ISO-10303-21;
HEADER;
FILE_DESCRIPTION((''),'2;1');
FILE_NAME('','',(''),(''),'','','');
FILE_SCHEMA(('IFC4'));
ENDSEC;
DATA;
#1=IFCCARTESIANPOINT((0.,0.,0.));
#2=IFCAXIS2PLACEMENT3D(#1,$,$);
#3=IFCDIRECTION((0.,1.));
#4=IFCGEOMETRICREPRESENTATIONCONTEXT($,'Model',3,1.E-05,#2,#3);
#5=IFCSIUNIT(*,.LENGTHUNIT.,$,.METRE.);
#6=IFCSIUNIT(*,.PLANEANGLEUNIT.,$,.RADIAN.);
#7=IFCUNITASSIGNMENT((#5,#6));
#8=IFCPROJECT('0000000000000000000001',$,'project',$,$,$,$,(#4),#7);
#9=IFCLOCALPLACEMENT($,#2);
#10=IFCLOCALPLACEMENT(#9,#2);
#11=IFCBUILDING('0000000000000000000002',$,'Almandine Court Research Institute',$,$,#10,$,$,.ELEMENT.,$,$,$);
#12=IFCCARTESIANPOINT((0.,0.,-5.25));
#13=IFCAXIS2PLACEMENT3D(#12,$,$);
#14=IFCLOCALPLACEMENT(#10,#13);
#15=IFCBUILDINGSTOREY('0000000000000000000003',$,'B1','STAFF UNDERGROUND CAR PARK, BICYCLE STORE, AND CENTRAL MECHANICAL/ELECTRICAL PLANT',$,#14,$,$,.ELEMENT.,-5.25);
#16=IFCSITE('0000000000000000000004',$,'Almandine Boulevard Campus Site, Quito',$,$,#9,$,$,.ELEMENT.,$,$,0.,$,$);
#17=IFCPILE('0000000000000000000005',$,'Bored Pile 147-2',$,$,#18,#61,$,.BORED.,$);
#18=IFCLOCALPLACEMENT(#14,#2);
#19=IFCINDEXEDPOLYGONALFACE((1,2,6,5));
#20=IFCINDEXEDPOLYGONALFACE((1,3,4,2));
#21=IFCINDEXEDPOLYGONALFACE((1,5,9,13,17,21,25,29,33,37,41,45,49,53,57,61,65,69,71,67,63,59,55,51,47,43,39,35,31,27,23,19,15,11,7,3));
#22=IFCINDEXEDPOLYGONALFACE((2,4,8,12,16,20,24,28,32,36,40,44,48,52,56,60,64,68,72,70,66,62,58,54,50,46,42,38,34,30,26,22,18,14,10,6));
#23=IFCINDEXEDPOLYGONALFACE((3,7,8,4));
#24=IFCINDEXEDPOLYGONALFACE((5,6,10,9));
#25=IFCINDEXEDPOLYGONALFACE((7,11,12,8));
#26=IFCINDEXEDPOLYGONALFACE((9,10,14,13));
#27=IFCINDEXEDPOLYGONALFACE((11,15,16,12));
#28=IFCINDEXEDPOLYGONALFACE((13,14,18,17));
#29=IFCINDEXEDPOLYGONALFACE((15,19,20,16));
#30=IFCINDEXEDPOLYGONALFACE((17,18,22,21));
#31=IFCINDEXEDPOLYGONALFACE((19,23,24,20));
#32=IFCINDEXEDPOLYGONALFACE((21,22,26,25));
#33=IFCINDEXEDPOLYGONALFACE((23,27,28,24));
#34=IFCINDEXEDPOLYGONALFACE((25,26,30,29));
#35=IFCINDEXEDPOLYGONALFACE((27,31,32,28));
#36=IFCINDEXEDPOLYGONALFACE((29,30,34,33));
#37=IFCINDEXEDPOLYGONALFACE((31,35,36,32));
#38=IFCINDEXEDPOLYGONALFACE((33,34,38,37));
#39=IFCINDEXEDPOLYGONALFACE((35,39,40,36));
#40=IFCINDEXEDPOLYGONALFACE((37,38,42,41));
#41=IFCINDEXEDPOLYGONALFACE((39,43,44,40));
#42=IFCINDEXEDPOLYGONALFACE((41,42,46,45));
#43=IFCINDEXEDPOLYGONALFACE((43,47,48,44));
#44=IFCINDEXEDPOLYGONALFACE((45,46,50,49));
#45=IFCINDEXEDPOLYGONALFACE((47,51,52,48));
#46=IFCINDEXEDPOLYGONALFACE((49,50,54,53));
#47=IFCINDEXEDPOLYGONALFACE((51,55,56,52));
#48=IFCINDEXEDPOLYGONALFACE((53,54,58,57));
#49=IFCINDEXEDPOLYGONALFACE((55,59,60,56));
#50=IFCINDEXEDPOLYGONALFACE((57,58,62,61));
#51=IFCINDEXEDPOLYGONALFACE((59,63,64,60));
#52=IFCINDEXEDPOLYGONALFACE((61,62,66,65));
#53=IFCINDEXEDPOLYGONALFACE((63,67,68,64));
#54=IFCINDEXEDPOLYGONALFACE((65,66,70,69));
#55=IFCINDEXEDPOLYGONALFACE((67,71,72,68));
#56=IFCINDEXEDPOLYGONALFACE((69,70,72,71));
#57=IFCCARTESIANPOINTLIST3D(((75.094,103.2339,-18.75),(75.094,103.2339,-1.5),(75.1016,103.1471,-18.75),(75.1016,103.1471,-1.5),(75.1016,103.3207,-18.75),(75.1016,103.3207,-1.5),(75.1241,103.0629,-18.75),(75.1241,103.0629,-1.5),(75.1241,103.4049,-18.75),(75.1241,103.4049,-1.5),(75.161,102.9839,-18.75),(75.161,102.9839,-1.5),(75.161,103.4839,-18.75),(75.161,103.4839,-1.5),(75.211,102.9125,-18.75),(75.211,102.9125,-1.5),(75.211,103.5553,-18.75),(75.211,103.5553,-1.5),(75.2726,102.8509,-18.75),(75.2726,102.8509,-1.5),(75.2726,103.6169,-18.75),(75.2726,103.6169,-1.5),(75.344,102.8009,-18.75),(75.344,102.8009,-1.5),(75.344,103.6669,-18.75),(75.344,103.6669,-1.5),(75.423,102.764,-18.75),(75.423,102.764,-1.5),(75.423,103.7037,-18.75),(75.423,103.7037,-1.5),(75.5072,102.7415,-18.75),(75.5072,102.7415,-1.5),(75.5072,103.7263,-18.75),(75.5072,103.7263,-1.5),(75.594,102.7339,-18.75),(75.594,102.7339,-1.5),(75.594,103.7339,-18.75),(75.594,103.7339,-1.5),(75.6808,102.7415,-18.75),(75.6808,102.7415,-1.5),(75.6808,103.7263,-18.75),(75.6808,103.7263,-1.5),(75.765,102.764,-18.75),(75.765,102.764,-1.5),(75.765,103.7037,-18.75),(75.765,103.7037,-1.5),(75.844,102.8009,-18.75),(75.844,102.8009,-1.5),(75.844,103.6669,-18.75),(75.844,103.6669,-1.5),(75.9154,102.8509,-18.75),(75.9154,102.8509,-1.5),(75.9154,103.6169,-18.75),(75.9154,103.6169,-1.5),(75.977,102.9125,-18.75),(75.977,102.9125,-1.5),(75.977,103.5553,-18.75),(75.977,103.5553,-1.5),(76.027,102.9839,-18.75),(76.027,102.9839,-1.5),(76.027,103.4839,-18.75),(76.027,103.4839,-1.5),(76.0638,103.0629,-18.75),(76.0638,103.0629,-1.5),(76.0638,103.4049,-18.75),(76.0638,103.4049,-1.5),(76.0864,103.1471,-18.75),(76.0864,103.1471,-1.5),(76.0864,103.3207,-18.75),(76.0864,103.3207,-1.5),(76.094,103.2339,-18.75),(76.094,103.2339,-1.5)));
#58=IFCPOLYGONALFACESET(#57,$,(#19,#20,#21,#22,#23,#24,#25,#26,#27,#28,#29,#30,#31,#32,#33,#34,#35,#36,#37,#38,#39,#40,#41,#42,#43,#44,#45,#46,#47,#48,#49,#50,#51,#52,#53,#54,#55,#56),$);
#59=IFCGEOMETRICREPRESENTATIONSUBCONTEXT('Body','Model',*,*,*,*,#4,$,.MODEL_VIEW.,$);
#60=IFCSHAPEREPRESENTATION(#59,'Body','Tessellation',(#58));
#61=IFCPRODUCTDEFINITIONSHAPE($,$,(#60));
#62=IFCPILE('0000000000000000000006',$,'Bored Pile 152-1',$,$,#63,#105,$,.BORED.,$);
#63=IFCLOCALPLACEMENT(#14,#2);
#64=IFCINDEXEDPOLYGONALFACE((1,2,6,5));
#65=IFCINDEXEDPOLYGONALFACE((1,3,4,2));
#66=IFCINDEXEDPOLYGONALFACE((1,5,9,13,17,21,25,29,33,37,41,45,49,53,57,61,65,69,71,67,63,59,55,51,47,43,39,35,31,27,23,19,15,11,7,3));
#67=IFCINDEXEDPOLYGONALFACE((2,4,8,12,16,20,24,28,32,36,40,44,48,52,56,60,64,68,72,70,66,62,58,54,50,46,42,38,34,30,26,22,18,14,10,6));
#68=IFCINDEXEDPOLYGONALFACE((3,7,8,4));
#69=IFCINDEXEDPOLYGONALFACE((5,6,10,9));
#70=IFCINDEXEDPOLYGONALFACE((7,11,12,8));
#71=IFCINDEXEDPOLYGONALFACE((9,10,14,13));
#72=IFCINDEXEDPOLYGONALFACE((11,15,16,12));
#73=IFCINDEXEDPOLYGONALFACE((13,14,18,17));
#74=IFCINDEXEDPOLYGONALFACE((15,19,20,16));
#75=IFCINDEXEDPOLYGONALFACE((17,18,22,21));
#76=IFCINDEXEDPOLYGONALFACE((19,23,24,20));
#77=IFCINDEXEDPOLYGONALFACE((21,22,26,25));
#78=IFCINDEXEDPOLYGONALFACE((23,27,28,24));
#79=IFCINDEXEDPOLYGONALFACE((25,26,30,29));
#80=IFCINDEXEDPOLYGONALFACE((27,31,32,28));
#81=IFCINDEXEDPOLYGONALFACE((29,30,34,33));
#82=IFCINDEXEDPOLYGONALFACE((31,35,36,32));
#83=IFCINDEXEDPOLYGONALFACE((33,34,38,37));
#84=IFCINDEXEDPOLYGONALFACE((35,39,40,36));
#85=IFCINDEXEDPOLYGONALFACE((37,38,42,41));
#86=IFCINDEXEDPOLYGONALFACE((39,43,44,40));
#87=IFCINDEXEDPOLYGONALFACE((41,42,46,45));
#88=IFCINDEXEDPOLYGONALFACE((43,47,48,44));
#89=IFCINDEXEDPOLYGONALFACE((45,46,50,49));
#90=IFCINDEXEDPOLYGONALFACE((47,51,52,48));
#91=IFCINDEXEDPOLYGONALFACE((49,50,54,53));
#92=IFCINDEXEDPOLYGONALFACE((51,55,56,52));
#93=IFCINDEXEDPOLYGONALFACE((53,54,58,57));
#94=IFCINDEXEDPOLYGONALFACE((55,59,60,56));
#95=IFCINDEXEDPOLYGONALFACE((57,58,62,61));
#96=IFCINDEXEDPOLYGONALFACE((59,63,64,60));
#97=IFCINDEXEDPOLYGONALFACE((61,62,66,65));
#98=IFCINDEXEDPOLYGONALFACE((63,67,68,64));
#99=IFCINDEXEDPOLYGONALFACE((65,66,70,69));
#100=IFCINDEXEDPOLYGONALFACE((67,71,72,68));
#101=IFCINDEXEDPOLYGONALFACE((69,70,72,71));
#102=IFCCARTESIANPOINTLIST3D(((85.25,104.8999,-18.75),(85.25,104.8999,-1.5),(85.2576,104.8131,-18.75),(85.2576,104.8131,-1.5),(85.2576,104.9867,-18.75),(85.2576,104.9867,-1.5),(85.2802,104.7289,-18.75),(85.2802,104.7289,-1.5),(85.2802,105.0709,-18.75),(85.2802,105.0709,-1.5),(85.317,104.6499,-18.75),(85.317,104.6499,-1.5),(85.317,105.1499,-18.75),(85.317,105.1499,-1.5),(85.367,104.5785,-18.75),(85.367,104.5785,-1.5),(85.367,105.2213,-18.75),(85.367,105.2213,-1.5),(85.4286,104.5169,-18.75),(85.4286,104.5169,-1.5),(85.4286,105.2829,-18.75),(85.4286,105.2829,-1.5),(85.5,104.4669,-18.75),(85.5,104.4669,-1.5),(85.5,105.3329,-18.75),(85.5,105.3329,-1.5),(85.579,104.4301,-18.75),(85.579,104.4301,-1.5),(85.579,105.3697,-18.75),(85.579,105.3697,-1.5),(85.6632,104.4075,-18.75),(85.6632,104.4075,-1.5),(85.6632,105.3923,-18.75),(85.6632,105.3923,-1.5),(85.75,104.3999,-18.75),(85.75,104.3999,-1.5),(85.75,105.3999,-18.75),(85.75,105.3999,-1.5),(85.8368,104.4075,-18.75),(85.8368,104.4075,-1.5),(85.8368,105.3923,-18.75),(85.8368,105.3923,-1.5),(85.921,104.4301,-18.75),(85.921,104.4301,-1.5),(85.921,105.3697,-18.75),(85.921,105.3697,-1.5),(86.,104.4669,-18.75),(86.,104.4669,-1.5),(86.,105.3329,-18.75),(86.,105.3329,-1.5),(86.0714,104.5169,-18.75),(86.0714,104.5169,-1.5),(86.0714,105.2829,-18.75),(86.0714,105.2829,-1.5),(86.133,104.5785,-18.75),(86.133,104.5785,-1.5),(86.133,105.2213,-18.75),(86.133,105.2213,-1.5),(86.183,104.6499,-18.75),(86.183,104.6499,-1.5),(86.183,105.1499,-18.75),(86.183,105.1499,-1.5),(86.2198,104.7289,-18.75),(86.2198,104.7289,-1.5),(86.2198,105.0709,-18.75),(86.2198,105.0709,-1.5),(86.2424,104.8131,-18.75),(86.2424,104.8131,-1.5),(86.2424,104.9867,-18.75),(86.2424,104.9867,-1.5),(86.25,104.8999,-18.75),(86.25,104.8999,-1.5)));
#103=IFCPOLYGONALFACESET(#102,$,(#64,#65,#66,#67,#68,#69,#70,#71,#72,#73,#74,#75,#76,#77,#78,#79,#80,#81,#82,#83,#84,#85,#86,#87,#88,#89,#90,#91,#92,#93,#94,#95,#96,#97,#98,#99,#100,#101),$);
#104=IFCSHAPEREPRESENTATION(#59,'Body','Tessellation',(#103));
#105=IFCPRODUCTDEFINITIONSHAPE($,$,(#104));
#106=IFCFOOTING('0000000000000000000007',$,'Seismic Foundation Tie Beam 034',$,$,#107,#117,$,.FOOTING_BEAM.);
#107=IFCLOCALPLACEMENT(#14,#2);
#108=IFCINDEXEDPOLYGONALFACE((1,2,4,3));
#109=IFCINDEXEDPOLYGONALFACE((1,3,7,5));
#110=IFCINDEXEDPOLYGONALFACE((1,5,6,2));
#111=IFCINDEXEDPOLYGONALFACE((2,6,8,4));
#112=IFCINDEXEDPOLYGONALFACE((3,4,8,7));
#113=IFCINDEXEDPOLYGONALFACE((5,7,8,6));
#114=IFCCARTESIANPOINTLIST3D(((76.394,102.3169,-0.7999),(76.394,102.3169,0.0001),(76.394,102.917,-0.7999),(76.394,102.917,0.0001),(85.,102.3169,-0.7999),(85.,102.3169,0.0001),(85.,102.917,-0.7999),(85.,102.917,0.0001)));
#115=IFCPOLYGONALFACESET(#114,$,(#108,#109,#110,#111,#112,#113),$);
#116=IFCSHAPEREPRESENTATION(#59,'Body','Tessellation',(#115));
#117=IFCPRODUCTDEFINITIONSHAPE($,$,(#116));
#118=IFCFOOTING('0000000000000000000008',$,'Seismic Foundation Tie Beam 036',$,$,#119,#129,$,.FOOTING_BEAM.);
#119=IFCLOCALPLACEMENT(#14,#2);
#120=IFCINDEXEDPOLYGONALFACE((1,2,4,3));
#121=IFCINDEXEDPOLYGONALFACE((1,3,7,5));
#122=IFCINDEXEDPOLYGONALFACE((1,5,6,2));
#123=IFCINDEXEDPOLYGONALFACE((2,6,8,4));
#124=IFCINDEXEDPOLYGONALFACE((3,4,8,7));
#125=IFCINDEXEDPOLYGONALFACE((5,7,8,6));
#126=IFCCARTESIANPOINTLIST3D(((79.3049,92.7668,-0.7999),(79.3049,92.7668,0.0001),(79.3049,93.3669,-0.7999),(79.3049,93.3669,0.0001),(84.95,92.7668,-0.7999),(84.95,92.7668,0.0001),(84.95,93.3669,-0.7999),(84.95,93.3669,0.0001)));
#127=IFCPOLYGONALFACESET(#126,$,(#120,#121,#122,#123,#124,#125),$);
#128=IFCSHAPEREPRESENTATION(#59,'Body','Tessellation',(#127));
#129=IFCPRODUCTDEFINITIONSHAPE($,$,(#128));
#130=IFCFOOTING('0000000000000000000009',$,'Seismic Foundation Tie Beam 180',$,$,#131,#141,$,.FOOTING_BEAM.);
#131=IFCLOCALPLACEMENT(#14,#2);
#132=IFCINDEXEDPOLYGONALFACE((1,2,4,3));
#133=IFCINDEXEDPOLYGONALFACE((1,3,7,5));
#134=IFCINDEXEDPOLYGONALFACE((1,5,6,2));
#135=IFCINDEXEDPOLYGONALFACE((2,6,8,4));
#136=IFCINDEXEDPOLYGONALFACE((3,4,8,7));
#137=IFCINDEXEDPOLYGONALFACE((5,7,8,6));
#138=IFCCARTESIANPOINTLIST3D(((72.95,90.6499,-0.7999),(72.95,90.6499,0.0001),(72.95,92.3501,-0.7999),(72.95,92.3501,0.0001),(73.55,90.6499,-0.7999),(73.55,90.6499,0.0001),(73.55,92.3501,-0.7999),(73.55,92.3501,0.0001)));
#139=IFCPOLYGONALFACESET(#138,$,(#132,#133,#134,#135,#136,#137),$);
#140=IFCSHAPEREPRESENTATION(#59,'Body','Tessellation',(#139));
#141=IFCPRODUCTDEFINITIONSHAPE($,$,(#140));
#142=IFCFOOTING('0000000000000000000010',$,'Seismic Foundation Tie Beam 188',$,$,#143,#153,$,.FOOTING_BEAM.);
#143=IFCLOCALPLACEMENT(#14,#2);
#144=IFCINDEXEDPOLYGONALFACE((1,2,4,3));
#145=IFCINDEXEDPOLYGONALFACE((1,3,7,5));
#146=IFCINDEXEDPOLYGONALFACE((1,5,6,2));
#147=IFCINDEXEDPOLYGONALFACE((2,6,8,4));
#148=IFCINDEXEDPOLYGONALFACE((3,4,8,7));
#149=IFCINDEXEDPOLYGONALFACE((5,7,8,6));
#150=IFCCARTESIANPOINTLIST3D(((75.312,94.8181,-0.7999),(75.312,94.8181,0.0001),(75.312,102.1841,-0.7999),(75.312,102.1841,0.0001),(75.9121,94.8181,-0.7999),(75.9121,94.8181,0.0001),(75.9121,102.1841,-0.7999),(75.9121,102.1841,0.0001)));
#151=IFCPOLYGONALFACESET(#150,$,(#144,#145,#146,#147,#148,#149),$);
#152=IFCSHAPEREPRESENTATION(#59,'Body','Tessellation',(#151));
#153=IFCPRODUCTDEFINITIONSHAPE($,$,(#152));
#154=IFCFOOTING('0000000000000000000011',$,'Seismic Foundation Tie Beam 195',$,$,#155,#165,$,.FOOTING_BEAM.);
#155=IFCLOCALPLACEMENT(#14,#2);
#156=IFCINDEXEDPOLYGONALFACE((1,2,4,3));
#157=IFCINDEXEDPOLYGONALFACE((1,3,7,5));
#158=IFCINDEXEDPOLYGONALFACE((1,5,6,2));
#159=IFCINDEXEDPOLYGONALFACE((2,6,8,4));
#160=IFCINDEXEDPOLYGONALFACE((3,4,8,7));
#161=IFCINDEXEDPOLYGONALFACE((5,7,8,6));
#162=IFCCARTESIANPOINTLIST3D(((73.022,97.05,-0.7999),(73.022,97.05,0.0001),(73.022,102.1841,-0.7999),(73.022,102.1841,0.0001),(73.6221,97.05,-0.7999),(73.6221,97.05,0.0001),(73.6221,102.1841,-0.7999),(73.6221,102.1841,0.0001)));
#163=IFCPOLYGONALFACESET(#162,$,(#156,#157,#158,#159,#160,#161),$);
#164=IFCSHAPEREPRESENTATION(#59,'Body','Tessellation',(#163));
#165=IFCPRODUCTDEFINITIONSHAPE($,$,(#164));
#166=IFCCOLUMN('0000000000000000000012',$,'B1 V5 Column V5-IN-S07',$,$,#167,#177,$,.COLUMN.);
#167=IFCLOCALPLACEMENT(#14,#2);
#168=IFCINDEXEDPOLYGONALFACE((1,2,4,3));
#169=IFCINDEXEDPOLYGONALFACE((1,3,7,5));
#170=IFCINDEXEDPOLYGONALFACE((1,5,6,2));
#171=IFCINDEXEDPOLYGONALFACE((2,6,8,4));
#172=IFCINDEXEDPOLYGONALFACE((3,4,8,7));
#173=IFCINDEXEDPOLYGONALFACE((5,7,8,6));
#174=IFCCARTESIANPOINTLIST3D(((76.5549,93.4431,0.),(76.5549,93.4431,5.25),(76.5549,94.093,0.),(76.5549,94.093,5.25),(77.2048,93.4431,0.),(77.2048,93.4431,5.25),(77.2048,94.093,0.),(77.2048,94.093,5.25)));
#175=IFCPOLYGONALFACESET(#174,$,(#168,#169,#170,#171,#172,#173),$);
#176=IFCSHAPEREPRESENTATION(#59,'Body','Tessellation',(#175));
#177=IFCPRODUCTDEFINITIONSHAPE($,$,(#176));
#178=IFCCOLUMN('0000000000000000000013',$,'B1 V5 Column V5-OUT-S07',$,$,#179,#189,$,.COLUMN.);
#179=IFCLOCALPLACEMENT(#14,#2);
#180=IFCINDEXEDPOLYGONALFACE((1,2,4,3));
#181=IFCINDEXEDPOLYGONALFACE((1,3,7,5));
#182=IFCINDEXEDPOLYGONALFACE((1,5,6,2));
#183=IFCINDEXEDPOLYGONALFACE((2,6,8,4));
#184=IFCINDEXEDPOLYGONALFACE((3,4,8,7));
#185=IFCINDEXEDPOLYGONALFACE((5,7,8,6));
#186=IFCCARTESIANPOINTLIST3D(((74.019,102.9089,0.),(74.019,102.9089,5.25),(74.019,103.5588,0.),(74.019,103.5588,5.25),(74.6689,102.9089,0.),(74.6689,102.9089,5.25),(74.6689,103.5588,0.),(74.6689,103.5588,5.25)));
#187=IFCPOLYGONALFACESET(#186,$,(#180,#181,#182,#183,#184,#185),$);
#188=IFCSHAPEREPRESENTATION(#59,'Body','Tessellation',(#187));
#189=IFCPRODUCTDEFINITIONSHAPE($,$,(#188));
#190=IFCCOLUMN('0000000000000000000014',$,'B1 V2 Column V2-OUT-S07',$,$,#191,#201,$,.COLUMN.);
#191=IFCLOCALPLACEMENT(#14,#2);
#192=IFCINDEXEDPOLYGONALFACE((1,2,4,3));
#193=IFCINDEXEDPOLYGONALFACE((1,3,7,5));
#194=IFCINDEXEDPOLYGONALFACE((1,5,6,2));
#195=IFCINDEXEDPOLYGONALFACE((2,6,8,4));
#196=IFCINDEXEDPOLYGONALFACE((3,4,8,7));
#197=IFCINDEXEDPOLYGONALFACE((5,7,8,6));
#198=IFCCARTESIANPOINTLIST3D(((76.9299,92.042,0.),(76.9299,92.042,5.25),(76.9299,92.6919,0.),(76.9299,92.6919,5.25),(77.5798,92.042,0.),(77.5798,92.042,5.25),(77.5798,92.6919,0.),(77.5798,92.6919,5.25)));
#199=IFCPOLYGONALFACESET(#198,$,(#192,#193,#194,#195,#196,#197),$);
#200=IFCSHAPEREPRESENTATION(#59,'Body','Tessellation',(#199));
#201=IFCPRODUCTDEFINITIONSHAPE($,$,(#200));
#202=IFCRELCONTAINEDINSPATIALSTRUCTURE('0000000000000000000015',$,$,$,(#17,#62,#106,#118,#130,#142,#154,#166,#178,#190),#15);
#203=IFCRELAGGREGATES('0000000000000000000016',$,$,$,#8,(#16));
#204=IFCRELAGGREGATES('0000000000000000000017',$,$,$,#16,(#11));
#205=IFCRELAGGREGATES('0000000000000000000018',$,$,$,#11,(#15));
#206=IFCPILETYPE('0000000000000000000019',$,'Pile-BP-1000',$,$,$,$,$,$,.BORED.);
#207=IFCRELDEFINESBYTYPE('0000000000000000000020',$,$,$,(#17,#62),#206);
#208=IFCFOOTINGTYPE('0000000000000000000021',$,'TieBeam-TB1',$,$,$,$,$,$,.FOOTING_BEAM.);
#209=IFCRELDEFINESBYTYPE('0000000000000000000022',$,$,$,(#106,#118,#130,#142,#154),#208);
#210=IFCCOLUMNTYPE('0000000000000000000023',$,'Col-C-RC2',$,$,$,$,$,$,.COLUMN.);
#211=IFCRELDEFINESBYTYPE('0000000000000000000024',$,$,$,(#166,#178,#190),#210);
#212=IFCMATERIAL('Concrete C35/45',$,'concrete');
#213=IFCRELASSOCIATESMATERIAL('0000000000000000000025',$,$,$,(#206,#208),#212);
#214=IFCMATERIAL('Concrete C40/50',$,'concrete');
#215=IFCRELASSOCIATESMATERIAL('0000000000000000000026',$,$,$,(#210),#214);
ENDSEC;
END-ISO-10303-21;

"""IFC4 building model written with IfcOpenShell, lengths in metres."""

from ifc_helpers import new_model, si_unit, direction, frame, origin, origin_2d, place, context, subcontext, project, spatial, rectangle, circle, extrude, material, material_profile, profile_set, type_object, element, save


model = new_model("IFC4")

# Units and contexts
model_context = context("Model", 3, precision=1e-05, world=origin(), true_north=direction((0.0, 1.0)))
body_context = subcontext(model_context, "Body", "Model", "MODEL_VIEW")
ifc_project = project(units=[si_unit("LENGTHUNIT", "METRE"), si_unit("PLANEANGLEUNIT", "RADIAN")], contexts=[model_context])

# Site, building, storey
site_placement = place(None, origin())
site = spatial("IfcSite", under=ifc_project, at=site_placement, Name="Almandine Boulevard Campus Site, Quito", CompositionType="ELEMENT", RefElevation=0.0)
building_placement = place(site_placement, origin())
building = spatial("IfcBuilding", under=site, at=building_placement, Name="Almandine Court Research Institute", CompositionType="ELEMENT")
storey_placement = place(building_placement, frame((0.0, 0.0, -5.25)))
storey = spatial("IfcBuildingStorey", under=building, at=storey_placement, Name="B1", Description="STAFF UNDERGROUND CAR PARK, BICYCLE STORE, AND CENTRAL MECHANICAL/ELECTRICAL PLANT", CompositionType="ELEMENT", Elevation=-5.25)

# Shared definitions
ifc_material_1 = material(Name="Concrete C35/45", Category="concrete")

# Piles
ifc_material_profile_1 = material_profile(ifc_material_1, circle(Radius=0.5, at=origin_2d()), Name="BORED PILE D1000")
ifc_profile_set_1 = profile_set([ifc_material_profile_1], Name="Concrete C35/45")
pile_type = type_object("IfcPileType", Name="Pile-BP-1000", PredefinedType="BORED", material=ifc_profile_set_1)
for number, where, z_axis, x_axis, name in (
    (1, (75.594, 103.2339, -1.5), (0.0, 0.0, -1.0), (1.0, 0.0, 0.0), "Bored Pile 147-2"),
    (2, (85.75, 104.8999, -1.5), (0.0, 0.0, -1.0), (1.0, 0.0, 0.0), "Bored Pile 152-1"),
):
    element("IfcPile", number, at=place(storey_placement, frame(where, z_axis=z_axis, x_axis=x_axis)), inside=storey, type_object=pile_type, Name=name, PredefinedType="BORED", context=body_context, shape_type="SweptSolid", body=[
        extrude(circle(Radius=0.5, at=origin_2d()), origin(), (0.0, 0.0, 1.0), 17.25),
    ])

# Footings
ifc_material_profile_2 = material_profile(ifc_material_1, rectangle(XDim=0.6001, YDim=0.8, at=origin_2d()), Name="RC TIE 600x800")
ifc_profile_set_2 = profile_set([ifc_material_profile_2], Name="Concrete C35/45")
footing_type_1 = type_object("IfcFootingType", Name="TieBeam-TB1", PredefinedType="FOOTING_BEAM", material=ifc_profile_set_2)
footing_1_placement = place(storey_placement, frame((76.394, 102.6169, -0.3999), z_axis=(1.0, 0.0, 0.0), x_axis=(0.0, 1.0, 0.0)))
element("IfcFooting", 3, at=footing_1_placement, inside=storey, type_object=footing_type_1, Name="Seismic Foundation Tie Beam 034", PredefinedType="FOOTING_BEAM", context=body_context, shape_type="SweptSolid", body=[
    extrude(rectangle(XDim=0.6001, YDim=0.8, at=origin_2d()), origin(), (0.0, 0.0, 1.0), 8.606),
])
footing_2_placement = place(storey_placement, frame((79.3049, 93.0669, -0.3999), z_axis=(1.0, 0.0, 0.0), x_axis=(0.0, 1.0, 0.0)))
element("IfcFooting", 4, at=footing_2_placement, inside=storey, type_object=footing_type_1, Name="Seismic Foundation Tie Beam 036", PredefinedType="FOOTING_BEAM", context=body_context, shape_type="SweptSolid", body=[
    extrude(rectangle(XDim=0.6001, YDim=0.8, at=origin_2d()), origin(), (0.0, 0.0, 1.0), 5.645),
])
footing_3_placement = place(storey_placement, frame((73.25, 90.6499, -0.3999), z_axis=(0.0, 1.0, 0.0), x_axis=(-1.0, 0.0, 0.0)))
element("IfcFooting", 5, at=footing_3_placement, inside=storey, type_object=footing_type_1, Name="Seismic Foundation Tie Beam 180", PredefinedType="FOOTING_BEAM", context=body_context, shape_type="SweptSolid", body=[
    extrude(rectangle(XDim=0.6001, YDim=0.8, at=origin_2d()), origin(), (0.0, 0.0, 1.0), 1.7002),
])
footing_4_placement = place(storey_placement, frame((75.6121, 94.8181, -0.3999), z_axis=(0.0, 1.0, 0.0), x_axis=(-1.0, 0.0, 0.0)))
element("IfcFooting", 6, at=footing_4_placement, inside=storey, type_object=footing_type_1, Name="Seismic Foundation Tie Beam 188", PredefinedType="FOOTING_BEAM", context=body_context, shape_type="SweptSolid", body=[
    extrude(rectangle(XDim=0.6001, YDim=0.8, at=origin_2d()), origin(), (0.0, 0.0, 1.0), 7.366),
])
footing_5_placement = place(storey_placement, frame((73.322, 97.05, -0.3999), z_axis=(0.0, 1.0, 0.0), x_axis=(-1.0, 0.0, 0.0)))
element("IfcFooting", 7, at=footing_5_placement, inside=storey, type_object=footing_type_1, Name="Seismic Foundation Tie Beam 195", PredefinedType="FOOTING_BEAM", context=body_context, shape_type="SweptSolid", body=[
    extrude(rectangle(XDim=0.6001, YDim=0.8, at=origin_2d()), origin(), (0.0, 0.0, 1.0), 5.134),
])

# Columns
ifc_material_2 = material(Name="Concrete C40/50", Category="concrete")
ifc_material_profile_3 = material_profile(ifc_material_2, rectangle(XDim=0.6499, YDim=0.6499, at=origin_2d()), Name="RC 650x650")
ifc_profile_set_3 = profile_set([ifc_material_profile_3], Name="Concrete C40/50")
column_type = type_object("IfcColumnType", Name="Col-C-RC2", PredefinedType="COLUMN", material=ifc_profile_set_3)
for number, where, z_axis, x_axis, name in (
    (8, (76.8799, 93.7681, 0.0), (0.0, 0.0, 1.0), (1.0, 0.0, 0.0), "B1 V5 Column V5-IN-S07"),
    (9, (74.344, 103.2339, 0.0), (0.0, 0.0, 1.0), (1.0, 0.0, 0.0), "B1 V5 Column V5-OUT-S07"),
    (10, (77.2549, 92.3669, 0.0), (0.0, 0.0, 1.0), (1.0, 0.0, 0.0), "B1 V2 Column V2-OUT-S07"),
):
    element("IfcColumn", number, at=place(storey_placement, frame(where, z_axis=z_axis, x_axis=x_axis)), inside=storey, type_object=column_type, Name=name, PredefinedType="COLUMN", context=body_context, shape_type="SweptSolid", body=[
        extrude(rectangle(XDim=0.6499, YDim=0.6499, at=origin_2d()), origin(), (0.0, 0.0, 1.0), 5.25),
    ])

save(model, "model.ifc")
